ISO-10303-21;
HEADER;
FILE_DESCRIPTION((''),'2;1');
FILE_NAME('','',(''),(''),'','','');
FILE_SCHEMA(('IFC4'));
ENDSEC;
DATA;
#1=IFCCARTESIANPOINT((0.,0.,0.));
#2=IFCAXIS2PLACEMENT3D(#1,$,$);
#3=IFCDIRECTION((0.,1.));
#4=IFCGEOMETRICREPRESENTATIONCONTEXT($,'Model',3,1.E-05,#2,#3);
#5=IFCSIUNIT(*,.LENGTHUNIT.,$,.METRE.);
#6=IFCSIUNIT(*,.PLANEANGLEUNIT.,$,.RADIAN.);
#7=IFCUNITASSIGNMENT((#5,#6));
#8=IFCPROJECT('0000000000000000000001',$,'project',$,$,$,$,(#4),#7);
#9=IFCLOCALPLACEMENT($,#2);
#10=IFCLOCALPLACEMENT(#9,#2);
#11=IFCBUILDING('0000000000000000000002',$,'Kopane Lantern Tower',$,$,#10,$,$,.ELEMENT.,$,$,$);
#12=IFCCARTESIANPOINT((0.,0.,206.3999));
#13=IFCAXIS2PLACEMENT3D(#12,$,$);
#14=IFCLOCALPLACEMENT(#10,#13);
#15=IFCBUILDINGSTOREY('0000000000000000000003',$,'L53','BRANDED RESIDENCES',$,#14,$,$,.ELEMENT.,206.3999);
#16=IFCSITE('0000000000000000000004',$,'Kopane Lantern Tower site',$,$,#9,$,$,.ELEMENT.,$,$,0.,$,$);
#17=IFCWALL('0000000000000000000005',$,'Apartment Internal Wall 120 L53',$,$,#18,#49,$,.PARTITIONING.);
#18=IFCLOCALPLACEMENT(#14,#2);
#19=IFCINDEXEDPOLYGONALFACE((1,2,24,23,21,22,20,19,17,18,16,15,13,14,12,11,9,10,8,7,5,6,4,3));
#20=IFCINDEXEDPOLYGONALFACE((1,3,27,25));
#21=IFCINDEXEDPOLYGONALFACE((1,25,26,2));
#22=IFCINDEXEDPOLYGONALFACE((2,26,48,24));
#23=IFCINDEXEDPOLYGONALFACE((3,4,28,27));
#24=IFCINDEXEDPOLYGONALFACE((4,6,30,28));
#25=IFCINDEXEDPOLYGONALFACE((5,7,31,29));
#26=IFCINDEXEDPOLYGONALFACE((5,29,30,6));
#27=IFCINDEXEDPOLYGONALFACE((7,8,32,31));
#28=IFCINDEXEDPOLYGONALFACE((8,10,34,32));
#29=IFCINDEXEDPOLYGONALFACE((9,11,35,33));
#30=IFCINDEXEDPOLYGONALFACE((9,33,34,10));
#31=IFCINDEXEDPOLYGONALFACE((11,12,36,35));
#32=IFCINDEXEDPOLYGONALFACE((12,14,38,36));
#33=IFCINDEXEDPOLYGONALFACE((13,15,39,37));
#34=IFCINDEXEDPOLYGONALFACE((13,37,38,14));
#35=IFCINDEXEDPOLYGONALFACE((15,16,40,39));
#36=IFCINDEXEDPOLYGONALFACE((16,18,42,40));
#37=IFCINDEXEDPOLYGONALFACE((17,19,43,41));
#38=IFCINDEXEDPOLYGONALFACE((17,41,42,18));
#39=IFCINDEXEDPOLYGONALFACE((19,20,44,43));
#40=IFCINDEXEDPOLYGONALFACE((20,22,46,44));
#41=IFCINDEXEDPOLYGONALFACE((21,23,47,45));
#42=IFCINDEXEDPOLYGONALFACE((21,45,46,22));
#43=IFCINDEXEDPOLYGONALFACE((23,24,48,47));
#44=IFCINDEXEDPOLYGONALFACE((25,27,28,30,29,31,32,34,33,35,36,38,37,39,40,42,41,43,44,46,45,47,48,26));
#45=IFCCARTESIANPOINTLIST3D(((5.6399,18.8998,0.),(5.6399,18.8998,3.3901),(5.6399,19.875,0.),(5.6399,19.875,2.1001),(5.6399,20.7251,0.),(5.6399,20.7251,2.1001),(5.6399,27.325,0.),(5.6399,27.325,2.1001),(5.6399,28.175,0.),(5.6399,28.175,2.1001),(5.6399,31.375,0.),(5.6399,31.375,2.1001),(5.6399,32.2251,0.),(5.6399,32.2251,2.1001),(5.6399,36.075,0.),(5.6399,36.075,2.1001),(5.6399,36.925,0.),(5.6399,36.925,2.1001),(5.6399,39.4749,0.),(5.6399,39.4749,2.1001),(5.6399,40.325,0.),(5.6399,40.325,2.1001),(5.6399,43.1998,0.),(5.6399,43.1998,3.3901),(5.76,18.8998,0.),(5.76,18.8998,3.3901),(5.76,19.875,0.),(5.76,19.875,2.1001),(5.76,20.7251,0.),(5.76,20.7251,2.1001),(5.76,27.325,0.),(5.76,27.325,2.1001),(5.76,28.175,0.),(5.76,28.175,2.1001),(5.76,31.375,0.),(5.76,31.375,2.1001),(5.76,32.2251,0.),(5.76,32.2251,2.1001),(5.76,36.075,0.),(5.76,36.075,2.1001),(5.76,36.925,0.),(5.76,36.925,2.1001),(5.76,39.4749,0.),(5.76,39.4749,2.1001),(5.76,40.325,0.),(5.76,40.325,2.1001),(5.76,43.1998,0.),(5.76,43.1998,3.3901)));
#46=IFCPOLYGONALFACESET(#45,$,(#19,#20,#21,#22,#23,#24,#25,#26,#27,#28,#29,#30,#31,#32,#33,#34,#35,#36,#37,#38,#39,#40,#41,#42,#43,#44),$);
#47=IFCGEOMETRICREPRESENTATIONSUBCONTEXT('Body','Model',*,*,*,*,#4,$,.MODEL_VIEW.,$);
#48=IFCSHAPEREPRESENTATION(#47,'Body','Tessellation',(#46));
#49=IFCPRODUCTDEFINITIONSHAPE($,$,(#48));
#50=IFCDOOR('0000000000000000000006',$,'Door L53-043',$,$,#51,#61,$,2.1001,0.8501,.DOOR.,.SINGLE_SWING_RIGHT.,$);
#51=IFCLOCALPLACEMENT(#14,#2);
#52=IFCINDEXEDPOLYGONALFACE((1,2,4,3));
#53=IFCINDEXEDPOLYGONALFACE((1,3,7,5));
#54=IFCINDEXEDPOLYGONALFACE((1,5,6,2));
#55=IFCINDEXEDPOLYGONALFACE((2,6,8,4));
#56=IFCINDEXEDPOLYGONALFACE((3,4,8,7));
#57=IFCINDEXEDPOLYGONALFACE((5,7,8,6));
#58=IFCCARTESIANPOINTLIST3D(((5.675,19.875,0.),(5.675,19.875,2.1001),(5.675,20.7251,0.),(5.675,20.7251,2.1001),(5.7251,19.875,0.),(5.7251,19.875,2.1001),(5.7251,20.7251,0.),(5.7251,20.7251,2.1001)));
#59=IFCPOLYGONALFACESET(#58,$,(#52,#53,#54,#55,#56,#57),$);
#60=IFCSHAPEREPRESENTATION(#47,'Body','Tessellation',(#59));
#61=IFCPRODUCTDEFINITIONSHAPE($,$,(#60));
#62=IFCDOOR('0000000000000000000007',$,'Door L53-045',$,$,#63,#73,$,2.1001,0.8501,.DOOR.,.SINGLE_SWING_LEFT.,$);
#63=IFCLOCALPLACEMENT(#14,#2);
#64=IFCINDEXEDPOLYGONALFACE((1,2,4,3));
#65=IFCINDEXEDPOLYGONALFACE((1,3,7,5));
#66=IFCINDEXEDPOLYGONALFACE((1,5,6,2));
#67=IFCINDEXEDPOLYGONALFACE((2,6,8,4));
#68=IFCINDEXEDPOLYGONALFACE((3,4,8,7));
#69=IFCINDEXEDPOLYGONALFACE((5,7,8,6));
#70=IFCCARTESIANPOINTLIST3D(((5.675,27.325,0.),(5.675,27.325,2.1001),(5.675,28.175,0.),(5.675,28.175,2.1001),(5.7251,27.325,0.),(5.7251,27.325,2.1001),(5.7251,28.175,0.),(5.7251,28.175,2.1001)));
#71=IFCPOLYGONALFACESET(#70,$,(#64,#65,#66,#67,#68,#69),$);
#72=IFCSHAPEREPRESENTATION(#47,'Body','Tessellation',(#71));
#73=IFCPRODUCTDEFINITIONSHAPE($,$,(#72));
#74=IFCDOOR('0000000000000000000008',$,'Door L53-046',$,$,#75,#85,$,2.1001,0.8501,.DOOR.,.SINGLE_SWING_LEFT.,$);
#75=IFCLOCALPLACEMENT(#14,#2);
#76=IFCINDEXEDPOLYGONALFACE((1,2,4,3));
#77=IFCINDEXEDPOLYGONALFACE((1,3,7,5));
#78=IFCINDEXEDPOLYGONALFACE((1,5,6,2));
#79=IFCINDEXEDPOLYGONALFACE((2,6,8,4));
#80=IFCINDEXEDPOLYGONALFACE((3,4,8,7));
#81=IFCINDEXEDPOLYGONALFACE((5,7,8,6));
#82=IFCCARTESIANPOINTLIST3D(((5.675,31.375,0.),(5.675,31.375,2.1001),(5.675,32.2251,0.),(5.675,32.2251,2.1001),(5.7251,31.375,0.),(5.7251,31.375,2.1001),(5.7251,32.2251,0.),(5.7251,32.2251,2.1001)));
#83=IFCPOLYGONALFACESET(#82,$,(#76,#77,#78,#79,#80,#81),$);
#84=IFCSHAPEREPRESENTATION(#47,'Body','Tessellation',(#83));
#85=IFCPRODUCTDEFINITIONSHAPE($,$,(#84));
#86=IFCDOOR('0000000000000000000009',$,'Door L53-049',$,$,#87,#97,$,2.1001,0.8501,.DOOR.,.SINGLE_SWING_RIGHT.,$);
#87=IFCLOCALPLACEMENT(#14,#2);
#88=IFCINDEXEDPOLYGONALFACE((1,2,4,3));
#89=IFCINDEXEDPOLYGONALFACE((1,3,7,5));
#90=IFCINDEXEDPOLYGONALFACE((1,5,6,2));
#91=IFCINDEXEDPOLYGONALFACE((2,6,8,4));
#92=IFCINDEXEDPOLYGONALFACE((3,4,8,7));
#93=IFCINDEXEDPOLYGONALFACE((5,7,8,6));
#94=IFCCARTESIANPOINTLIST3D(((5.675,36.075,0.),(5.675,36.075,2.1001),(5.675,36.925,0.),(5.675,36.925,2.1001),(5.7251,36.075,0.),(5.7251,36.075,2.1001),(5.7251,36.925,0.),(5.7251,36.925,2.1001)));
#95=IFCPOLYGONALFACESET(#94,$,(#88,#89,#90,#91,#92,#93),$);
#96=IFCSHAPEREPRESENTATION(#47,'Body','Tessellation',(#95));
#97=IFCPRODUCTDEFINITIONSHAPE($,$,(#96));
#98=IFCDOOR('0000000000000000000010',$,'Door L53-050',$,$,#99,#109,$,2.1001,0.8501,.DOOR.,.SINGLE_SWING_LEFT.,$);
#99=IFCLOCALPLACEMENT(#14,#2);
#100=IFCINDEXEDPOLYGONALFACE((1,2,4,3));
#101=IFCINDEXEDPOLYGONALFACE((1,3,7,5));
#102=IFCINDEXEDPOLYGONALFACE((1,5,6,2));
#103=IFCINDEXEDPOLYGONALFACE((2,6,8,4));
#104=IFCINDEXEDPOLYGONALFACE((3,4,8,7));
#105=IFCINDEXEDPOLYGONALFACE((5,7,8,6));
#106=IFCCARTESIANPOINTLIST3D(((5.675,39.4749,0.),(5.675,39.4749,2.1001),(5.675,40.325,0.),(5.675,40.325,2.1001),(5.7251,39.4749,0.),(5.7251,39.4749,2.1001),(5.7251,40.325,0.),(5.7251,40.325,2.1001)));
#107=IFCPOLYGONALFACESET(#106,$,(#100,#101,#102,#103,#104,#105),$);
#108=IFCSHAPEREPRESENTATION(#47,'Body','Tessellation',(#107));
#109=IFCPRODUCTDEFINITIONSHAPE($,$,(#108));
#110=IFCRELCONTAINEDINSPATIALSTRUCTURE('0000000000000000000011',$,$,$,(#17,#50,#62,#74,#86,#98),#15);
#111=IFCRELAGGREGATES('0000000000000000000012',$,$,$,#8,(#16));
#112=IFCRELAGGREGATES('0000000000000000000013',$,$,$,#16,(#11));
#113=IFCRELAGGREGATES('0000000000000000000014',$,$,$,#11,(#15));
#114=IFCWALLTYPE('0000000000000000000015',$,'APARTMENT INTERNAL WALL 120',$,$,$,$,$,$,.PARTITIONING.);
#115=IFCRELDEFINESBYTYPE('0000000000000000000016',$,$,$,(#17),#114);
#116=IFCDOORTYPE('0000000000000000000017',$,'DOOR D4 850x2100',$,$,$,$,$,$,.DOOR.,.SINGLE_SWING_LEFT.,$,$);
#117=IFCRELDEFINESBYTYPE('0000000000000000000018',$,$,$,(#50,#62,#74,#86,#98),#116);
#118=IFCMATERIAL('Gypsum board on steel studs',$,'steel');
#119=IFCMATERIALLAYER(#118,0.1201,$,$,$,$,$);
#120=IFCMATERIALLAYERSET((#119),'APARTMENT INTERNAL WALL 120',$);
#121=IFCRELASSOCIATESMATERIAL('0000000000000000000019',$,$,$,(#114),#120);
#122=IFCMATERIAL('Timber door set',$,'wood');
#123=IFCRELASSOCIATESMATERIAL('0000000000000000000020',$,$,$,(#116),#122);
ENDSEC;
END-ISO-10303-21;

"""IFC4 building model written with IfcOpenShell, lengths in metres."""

from ifc_helpers import new_model, si_unit, direction, frame, frame_2d, origin, place, context, subcontext, project, spatial, rectangle, extrude, material, layer, layer_set, type_object, element, fill, save


model = new_model("IFC4")

# Units and contexts
model_context = context("Model", 3, precision=1e-05, world=origin(), true_north=direction((0.0, 1.0)))
body_context = subcontext(model_context, "Body", "Model", "MODEL_VIEW")
ifc_project = project(units=[si_unit("LENGTHUNIT", "METRE"), si_unit("PLANEANGLEUNIT", "RADIAN")], contexts=[model_context])

# Site, building, storey
site_placement = place(None, origin())
site = spatial("IfcSite", under=ifc_project, at=site_placement, Name="Kopane Lantern Tower site", CompositionType="ELEMENT", RefElevation=0.0)
building_placement = place(site_placement, origin())
building = spatial("IfcBuilding", under=site, at=building_placement, Name="Kopane Lantern Tower", CompositionType="ELEMENT")
storey_placement = place(building_placement, frame((0.0, 0.0, 206.3999)))
storey = spatial("IfcBuildingStorey", under=building, at=storey_placement, Name="L53", Description="BRANDED RESIDENCES", CompositionType="ELEMENT", Elevation=206.3999)

# Wall, openings, doors
ifc_material_1 = material(Name="Gypsum board on steel studs", Category="steel")
ifc_layer_1 = layer(ifc_material_1, 0.1201)
ifc_layer_set_1 = layer_set([ifc_layer_1], Name="APARTMENT INTERNAL WALL 120")
wall_type_1 = type_object("IfcWallType", Name="APARTMENT INTERNAL WALL 120", PredefinedType="PARTITIONING", material=ifc_layer_set_1)
wall_1_placement = place(storey_placement, frame((5.7, 18.8999, 0.0), z_axis=(0.0, 0.0, 1.0), x_axis=(0.0, 1.0, 0.0)))
wall_1 = element("IfcWall", 1, at=wall_1_placement, inside=storey, type_object=wall_type_1, Name="Apartment Internal Wall 120 L53", PredefinedType="PARTITIONING", context=body_context, shape_type="SweptSolid", body=[
    extrude(rectangle(XDim=24.3, YDim=0.1201, at=frame_2d((12.1499, 0.0))), origin(), (0.0, 0.0, 1.0), 3.3901),
])
opening_1_placement = place(wall_1_placement, frame((0.9751, 0.0, 0.0)))
opening_1 = element("IfcOpeningElement", 2, at=opening_1_placement, cuts=wall_1, PredefinedType="OPENING", context=body_context, shape_type="SweptSolid", body=[
    extrude(rectangle(XDim=0.8501, YDim=2.1001, at=frame_2d((0.425, 1.05))), frame((0.0, 0.0701, 0.0), z_axis=(0.0, -1.0, 0.0), x_axis=(1.0, 0.0, 0.0)), (0.0, 0.0, 1.0), 0.1401),
])
opening_2_placement = place(wall_1_placement, frame((8.425, 0.0, 0.0)))
opening_2 = element("IfcOpeningElement", 3, at=opening_2_placement, cuts=wall_1, PredefinedType="OPENING", context=body_context, shape_type="SweptSolid", body=[
    extrude(rectangle(XDim=0.8501, YDim=2.1001, at=frame_2d((0.425, 1.05))), frame((0.0, 0.0701, 0.0), z_axis=(0.0, -1.0, 0.0), x_axis=(1.0, 0.0, 0.0)), (0.0, 0.0, 1.0), 0.1401),
])
opening_3_placement = place(wall_1_placement, frame((12.4751, 0.0, 0.0)))
opening_3 = element("IfcOpeningElement", 4, at=opening_3_placement, cuts=wall_1, PredefinedType="OPENING", context=body_context, shape_type="SweptSolid", body=[
    extrude(rectangle(XDim=0.8501, YDim=2.1001, at=frame_2d((0.425, 1.05))), frame((0.0, 0.0701, 0.0), z_axis=(0.0, -1.0, 0.0), x_axis=(1.0, 0.0, 0.0)), (0.0, 0.0, 1.0), 0.1401),
])
opening_4_placement = place(wall_1_placement, frame((17.175, 0.0, 0.0)))
opening_4 = element("IfcOpeningElement", 5, at=opening_4_placement, cuts=wall_1, PredefinedType="OPENING", context=body_context, shape_type="SweptSolid", body=[
    extrude(rectangle(XDim=0.8501, YDim=2.1001, at=frame_2d((0.425, 1.05))), frame((0.0, 0.0701, 0.0), z_axis=(0.0, -1.0, 0.0), x_axis=(1.0, 0.0, 0.0)), (0.0, 0.0, 1.0), 0.1401),
])
opening_5_placement = place(wall_1_placement, frame((20.575, 0.0, 0.0)))
opening_5 = element("IfcOpeningElement", 6, at=opening_5_placement, cuts=wall_1, PredefinedType="OPENING", context=body_context, shape_type="SweptSolid", body=[
    extrude(rectangle(XDim=0.8501, YDim=2.1001, at=frame_2d((0.425, 1.05))), frame((0.0, 0.0701, 0.0), z_axis=(0.0, -1.0, 0.0), x_axis=(1.0, 0.0, 0.0)), (0.0, 0.0, 1.0), 0.1401),
])
ifc_material_2 = material(Name="Timber door set", Category="wood")
door_type = type_object("IfcDoorType", Name="DOOR D4 850x2100", OperationType="SINGLE_SWING_LEFT", PredefinedType="DOOR", material=ifc_material_2)
door_1_placement = place(opening_1_placement, origin())
door_1 = element("IfcDoor", 7, at=door_1_placement, inside=storey, type_object=door_type, Name="Door L53-043", OperationType="SINGLE_SWING_RIGHT", OverallHeight=2.1001, OverallWidth=0.8501, PredefinedType="DOOR", context=body_context, shape_type="SweptSolid", body=[
    extrude(rectangle(XDim=0.8501, YDim=2.1001, at=frame_2d((0.425, 1.05))), frame((0.0, 0.0249, 0.0), z_axis=(0.0, -1.0, 0.0), x_axis=(1.0, 0.0, 0.0)), (0.0, 0.0, 1.0), 0.05),
])
fill(opening_1, door_1)
door_2_placement = place(opening_2_placement, origin())
door_2 = element("IfcDoor", 8, at=door_2_placement, inside=storey, type_object=door_type, Name="Door L53-045", OperationType="SINGLE_SWING_LEFT", OverallHeight=2.1001, OverallWidth=0.8501, PredefinedType="DOOR", context=body_context, shape_type="SweptSolid", body=[
    extrude(rectangle(XDim=0.8501, YDim=2.1001, at=frame_2d((0.425, 1.05))), frame((0.0, 0.0249, 0.0), z_axis=(0.0, -1.0, 0.0), x_axis=(1.0, 0.0, 0.0)), (0.0, 0.0, 1.0), 0.05),
])
fill(opening_2, door_2)
door_3_placement = place(opening_3_placement, origin())
door_3 = element("IfcDoor", 9, at=door_3_placement, inside=storey, type_object=door_type, Name="Door L53-046", OperationType="SINGLE_SWING_LEFT", OverallHeight=2.1001, OverallWidth=0.8501, PredefinedType="DOOR", context=body_context, shape_type="SweptSolid", body=[
    extrude(rectangle(XDim=0.8501, YDim=2.1001, at=frame_2d((0.425, 1.05))), frame((0.0, 0.0249, 0.0), z_axis=(0.0, -1.0, 0.0), x_axis=(1.0, 0.0, 0.0)), (0.0, 0.0, 1.0), 0.05),
])
fill(opening_3, door_3)
door_4_placement = place(opening_4_placement, origin())
door_4 = element("IfcDoor", 10, at=door_4_placement, inside=storey, type_object=door_type, Name="Door L53-049", OperationType="SINGLE_SWING_RIGHT", OverallHeight=2.1001, OverallWidth=0.8501, PredefinedType="DOOR", context=body_context, shape_type="SweptSolid", body=[
    extrude(rectangle(XDim=0.8501, YDim=2.1001, at=frame_2d((0.425, 1.05))), frame((0.0, 0.0249, 0.0), z_axis=(0.0, -1.0, 0.0), x_axis=(1.0, 0.0, 0.0)), (0.0, 0.0, 1.0), 0.05),
])
fill(opening_4, door_4)
door_5_placement = place(opening_5_placement, origin())
door_5 = element("IfcDoor", 11, at=door_5_placement, inside=storey, type_object=door_type, Name="Door L53-050", OperationType="SINGLE_SWING_LEFT", OverallHeight=2.1001, OverallWidth=0.8501, PredefinedType="DOOR", context=body_context, shape_type="SweptSolid", body=[
    extrude(rectangle(XDim=0.8501, YDim=2.1001, at=frame_2d((0.425, 1.05))), frame((0.0, 0.0249, 0.0), z_axis=(0.0, -1.0, 0.0), x_axis=(1.0, 0.0, 0.0)), (0.0, 0.0, 1.0), 0.05),
])
fill(opening_5, door_5)

save(model, "model.ifc")
